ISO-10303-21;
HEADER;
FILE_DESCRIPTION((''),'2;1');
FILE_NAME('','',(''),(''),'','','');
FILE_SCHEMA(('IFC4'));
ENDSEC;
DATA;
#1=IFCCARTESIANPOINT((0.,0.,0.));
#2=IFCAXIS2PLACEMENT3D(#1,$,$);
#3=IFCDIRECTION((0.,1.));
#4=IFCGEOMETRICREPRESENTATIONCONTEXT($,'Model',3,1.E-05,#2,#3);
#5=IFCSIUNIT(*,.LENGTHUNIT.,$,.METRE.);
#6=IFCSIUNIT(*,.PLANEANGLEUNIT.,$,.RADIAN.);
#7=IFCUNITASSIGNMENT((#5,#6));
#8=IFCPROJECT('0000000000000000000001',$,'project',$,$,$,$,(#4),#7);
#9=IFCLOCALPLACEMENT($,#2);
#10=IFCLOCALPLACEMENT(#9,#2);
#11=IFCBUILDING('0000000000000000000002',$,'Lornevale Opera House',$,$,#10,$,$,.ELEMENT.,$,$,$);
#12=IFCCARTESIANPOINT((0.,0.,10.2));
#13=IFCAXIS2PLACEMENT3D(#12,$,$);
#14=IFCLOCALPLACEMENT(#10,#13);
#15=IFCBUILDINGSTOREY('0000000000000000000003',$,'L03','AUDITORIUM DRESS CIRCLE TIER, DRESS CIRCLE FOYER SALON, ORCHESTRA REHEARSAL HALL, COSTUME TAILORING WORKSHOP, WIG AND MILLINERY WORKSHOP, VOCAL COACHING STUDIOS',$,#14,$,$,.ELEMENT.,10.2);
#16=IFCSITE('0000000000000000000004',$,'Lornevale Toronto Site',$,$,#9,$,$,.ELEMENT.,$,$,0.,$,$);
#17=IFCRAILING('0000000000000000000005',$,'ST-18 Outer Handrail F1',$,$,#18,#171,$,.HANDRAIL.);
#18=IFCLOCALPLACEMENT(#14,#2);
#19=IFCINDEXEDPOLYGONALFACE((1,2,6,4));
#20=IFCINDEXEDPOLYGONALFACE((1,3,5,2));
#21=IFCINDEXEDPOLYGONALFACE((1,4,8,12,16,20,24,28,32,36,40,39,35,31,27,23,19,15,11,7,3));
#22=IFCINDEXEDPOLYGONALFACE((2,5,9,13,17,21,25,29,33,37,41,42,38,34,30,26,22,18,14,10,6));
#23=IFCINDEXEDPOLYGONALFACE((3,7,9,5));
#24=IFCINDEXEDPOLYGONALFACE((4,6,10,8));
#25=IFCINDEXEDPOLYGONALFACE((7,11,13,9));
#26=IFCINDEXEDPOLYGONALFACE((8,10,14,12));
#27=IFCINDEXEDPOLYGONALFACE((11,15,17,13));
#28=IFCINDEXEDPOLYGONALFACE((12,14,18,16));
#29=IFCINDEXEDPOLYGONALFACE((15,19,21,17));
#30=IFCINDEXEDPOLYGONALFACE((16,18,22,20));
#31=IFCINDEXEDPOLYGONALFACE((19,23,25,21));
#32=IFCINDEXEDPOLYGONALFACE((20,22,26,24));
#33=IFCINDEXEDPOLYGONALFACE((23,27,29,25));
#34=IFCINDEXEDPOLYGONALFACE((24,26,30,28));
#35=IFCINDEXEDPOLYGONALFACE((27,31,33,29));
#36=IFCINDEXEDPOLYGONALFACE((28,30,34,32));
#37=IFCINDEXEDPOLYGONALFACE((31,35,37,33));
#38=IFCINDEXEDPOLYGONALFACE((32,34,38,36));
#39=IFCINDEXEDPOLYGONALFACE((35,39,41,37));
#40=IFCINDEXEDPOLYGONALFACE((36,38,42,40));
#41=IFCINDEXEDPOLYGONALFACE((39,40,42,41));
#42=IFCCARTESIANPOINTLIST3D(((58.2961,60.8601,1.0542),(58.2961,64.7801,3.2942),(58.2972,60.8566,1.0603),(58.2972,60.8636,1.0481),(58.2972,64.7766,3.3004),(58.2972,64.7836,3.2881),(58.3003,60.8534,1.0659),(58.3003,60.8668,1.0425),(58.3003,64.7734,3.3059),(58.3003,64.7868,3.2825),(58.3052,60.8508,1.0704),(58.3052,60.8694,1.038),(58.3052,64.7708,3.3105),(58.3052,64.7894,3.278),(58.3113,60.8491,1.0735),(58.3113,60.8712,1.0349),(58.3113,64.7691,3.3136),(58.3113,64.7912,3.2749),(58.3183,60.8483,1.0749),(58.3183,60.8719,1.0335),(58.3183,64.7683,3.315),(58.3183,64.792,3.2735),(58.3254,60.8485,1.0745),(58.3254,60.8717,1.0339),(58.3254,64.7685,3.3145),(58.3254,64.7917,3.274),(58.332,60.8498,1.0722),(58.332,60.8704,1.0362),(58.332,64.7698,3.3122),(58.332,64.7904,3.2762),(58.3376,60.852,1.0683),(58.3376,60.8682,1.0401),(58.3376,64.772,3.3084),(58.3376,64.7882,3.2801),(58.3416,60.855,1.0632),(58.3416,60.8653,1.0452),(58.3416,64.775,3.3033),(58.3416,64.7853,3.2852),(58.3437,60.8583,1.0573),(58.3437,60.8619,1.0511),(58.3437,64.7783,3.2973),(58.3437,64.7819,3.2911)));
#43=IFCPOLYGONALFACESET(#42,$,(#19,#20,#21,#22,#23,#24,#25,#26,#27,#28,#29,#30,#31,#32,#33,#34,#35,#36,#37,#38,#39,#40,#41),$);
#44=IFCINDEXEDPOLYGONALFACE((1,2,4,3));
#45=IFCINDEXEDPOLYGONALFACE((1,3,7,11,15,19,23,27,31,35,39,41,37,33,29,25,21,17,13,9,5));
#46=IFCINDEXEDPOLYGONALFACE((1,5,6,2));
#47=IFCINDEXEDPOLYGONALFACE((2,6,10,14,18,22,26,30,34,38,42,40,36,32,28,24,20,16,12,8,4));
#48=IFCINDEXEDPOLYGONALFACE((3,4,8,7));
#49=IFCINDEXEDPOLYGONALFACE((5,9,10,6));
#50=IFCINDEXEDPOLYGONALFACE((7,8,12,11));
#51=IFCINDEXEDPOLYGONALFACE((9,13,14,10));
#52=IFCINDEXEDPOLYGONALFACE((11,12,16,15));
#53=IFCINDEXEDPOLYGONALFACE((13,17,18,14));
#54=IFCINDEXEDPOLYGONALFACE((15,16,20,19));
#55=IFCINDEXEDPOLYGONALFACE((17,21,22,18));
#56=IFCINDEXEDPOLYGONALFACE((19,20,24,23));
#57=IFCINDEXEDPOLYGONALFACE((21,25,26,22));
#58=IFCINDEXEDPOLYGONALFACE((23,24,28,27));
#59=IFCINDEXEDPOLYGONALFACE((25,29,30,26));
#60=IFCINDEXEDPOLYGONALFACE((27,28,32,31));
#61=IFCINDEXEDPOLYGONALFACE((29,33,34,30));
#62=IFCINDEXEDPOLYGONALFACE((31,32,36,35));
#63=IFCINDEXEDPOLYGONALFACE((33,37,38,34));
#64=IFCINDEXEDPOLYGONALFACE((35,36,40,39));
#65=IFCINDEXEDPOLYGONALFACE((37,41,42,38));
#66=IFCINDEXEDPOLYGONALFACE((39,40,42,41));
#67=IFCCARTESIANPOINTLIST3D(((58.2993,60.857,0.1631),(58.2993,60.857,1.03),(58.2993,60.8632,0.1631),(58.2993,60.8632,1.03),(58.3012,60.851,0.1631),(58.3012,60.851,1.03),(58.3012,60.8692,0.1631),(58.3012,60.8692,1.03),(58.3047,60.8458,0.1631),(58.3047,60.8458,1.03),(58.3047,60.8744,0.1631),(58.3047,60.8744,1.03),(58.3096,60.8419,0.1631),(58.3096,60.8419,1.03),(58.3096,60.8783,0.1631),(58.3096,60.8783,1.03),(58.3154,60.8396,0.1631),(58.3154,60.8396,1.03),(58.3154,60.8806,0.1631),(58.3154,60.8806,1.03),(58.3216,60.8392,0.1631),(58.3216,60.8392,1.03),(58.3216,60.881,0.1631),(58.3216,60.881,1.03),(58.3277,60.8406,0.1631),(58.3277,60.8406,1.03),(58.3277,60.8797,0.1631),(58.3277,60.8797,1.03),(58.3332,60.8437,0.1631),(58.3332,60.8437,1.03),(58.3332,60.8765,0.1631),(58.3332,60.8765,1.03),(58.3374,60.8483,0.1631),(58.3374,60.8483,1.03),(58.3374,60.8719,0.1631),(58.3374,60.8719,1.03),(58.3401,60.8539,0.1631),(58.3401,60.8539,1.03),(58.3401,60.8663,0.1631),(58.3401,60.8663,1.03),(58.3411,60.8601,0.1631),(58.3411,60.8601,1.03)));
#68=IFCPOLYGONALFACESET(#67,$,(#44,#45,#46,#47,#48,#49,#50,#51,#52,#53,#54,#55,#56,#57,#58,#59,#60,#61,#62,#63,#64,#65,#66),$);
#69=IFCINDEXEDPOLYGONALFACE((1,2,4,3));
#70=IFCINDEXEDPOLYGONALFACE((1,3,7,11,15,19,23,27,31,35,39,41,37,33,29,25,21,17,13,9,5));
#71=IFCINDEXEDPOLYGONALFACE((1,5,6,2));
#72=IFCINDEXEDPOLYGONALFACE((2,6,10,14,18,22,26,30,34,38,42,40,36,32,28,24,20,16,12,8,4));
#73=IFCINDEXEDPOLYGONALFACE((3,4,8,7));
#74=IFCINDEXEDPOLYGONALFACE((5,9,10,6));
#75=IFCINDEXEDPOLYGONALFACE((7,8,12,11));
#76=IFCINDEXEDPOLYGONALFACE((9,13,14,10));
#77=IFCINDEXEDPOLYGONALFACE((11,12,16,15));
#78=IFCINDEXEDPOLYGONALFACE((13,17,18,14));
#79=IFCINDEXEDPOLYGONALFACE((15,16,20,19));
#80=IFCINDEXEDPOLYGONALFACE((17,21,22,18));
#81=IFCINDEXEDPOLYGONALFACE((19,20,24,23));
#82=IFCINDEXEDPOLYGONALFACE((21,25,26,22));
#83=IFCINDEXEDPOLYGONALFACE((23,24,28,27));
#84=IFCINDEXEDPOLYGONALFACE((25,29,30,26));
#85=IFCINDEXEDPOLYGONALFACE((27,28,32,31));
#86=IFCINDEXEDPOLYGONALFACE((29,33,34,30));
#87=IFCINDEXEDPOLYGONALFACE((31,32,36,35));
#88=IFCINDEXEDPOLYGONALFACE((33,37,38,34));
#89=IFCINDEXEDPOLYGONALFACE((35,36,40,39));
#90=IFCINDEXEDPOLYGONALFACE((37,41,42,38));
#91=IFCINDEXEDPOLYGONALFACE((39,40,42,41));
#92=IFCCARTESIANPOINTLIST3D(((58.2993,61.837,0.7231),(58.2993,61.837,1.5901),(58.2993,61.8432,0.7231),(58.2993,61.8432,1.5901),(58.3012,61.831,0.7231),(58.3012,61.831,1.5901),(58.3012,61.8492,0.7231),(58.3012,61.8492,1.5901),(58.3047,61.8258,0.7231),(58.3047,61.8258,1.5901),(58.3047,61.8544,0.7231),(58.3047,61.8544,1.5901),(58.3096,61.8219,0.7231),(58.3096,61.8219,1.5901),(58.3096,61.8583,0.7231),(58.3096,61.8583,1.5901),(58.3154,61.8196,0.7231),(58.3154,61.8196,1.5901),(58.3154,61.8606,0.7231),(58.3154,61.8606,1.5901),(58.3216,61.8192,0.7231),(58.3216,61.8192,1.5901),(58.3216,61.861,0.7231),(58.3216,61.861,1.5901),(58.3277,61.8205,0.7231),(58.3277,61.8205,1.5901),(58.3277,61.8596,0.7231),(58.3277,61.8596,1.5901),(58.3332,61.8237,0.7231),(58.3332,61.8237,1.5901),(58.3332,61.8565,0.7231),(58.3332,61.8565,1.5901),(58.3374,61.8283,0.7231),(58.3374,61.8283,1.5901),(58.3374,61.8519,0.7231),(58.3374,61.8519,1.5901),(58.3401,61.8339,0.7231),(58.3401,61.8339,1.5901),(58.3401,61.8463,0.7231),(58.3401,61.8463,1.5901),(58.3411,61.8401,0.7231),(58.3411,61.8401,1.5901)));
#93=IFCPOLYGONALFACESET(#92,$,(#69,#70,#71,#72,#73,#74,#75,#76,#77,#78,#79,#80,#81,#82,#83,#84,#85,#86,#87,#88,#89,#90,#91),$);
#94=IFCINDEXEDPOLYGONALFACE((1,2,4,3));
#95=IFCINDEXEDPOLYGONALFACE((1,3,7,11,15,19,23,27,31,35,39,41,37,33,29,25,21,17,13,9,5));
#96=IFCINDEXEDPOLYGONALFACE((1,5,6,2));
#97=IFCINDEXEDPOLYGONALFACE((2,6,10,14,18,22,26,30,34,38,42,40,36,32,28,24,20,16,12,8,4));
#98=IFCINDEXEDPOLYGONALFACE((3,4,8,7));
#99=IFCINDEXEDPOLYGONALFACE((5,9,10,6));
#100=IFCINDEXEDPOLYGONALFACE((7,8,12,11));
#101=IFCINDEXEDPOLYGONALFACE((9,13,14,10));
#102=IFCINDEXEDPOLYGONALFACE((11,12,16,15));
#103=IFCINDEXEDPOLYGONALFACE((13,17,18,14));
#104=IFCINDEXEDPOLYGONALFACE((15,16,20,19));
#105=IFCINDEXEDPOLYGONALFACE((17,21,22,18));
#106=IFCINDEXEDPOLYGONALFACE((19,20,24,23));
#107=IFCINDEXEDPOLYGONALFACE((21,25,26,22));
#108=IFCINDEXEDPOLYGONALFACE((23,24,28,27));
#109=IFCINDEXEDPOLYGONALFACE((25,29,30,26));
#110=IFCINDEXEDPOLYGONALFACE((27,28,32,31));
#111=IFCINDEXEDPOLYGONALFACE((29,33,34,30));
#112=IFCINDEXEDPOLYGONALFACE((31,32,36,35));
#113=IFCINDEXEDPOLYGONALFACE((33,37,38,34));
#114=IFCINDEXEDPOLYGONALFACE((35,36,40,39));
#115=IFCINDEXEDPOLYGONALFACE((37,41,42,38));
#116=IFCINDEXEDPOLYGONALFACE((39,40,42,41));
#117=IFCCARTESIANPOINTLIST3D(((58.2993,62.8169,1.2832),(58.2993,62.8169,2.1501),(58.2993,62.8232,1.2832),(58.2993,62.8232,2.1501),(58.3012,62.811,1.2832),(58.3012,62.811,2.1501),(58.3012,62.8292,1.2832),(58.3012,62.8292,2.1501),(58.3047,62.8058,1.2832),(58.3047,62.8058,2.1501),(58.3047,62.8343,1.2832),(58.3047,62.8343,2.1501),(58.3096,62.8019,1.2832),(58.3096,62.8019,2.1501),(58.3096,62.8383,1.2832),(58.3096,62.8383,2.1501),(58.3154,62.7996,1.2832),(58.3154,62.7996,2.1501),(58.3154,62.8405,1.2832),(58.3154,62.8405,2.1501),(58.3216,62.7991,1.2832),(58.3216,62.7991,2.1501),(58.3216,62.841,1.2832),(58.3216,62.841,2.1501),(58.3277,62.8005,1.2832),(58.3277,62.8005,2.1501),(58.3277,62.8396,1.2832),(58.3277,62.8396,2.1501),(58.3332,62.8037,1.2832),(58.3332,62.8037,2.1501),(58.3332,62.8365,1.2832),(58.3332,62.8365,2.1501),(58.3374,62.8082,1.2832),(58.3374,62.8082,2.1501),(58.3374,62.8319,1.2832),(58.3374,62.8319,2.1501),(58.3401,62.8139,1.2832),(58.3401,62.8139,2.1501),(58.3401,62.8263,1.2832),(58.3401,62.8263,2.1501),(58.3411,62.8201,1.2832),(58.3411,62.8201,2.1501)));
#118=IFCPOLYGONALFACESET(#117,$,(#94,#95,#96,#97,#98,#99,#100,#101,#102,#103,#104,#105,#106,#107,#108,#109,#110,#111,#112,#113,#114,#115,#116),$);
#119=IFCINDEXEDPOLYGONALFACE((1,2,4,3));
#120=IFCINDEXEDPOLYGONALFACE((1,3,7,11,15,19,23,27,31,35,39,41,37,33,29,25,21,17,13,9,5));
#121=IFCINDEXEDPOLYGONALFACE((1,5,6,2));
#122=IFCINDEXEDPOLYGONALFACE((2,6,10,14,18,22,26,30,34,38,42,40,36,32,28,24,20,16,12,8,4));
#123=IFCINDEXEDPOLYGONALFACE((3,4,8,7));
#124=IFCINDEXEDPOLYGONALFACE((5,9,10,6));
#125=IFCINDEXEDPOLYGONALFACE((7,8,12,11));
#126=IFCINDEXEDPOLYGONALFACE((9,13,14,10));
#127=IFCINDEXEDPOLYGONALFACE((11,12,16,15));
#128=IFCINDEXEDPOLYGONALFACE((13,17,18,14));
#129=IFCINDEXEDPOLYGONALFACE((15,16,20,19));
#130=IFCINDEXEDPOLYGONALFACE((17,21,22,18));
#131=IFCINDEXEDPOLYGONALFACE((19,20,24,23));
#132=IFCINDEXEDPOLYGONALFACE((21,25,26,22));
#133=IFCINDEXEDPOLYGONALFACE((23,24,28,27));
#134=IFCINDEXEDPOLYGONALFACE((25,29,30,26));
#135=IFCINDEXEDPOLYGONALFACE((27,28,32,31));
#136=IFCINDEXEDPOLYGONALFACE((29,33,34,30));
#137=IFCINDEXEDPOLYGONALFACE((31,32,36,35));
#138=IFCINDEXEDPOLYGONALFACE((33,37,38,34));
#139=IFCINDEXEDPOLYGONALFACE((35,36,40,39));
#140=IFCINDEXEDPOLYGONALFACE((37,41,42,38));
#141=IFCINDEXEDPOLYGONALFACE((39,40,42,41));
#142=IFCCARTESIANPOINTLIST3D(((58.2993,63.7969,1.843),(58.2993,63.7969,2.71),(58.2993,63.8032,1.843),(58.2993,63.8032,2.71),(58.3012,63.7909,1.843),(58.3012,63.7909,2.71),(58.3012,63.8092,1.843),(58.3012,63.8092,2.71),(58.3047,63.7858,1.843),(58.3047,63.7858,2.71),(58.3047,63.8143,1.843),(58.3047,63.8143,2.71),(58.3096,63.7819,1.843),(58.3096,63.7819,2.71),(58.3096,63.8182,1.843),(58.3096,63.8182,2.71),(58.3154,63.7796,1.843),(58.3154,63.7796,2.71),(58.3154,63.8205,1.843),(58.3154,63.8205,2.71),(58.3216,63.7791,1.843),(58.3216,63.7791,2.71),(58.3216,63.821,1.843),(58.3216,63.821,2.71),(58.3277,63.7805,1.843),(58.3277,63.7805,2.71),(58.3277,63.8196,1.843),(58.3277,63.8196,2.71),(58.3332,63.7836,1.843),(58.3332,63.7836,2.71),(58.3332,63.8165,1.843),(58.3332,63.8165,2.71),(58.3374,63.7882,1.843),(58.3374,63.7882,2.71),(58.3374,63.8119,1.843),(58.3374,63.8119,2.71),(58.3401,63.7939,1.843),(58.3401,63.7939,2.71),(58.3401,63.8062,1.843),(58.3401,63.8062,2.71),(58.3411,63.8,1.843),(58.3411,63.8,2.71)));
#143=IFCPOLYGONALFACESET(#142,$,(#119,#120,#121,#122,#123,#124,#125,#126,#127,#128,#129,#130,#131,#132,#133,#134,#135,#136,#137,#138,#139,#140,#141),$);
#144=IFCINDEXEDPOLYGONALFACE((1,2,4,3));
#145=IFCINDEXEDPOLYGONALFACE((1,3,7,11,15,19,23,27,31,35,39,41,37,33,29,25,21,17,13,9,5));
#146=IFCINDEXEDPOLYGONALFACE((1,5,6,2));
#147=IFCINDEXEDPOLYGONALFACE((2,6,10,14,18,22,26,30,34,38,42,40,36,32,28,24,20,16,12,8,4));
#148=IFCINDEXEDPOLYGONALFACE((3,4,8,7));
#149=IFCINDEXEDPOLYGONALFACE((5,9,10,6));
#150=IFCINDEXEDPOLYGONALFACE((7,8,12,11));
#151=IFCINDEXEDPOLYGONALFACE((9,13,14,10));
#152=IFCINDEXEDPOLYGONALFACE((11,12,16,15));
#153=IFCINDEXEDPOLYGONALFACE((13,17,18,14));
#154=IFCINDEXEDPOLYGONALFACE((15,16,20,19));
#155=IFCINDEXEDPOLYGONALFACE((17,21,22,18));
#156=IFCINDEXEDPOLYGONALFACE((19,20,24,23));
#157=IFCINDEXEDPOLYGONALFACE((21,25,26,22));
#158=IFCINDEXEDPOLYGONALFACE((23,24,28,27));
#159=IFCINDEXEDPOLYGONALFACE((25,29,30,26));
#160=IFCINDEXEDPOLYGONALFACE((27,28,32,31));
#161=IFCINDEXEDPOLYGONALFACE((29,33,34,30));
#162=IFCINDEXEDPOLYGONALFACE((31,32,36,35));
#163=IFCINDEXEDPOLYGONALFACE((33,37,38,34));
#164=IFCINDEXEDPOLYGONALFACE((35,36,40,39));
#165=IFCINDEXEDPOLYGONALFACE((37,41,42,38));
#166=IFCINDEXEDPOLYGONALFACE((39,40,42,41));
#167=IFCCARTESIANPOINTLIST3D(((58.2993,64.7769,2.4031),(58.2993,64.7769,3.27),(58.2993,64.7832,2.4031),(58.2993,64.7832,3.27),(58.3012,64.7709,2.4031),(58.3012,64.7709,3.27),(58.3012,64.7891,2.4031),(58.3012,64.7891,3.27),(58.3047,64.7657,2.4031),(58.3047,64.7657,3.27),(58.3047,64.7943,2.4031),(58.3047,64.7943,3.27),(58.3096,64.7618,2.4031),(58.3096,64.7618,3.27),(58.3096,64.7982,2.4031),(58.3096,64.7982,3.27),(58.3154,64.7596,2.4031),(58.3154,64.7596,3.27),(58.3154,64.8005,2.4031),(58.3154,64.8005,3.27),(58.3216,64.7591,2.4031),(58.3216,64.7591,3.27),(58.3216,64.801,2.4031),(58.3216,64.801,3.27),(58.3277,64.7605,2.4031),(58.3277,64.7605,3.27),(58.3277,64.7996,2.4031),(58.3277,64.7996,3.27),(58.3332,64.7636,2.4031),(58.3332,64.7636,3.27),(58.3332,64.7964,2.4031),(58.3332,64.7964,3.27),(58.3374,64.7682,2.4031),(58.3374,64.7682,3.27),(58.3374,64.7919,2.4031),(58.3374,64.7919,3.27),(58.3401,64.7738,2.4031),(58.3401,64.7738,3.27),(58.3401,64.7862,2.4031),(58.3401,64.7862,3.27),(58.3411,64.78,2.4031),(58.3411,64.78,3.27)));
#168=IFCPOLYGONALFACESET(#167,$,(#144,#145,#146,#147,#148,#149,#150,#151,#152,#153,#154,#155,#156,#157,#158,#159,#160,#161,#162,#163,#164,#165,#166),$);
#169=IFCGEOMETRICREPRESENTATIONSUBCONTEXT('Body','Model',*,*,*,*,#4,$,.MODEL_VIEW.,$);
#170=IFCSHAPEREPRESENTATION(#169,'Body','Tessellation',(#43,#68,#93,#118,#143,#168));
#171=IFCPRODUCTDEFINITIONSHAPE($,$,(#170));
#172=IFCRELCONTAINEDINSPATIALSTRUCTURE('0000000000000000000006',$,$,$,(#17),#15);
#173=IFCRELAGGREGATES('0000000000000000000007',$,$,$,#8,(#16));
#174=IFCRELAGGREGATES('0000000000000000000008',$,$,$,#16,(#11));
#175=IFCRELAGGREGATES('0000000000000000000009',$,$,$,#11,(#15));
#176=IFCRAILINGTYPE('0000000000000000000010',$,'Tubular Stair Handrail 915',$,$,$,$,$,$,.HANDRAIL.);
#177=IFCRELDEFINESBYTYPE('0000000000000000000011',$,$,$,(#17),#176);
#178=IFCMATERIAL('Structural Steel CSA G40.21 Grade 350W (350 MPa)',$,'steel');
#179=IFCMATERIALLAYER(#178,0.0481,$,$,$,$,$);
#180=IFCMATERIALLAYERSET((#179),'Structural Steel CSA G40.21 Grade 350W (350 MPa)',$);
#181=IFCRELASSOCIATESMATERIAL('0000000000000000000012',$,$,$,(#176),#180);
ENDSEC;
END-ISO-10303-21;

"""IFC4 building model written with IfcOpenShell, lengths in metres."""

from ifc_helpers import new_model, si_unit, direction, frame, origin, origin_2d, place, context, subcontext, project, spatial, circle, extrude, material, layer, layer_set, type_object, element, save


model = new_model("IFC4")

# Units and contexts
model_context = context("Model", 3, precision=1e-05, world=origin(), true_north=direction((0.0, 1.0)))
body_context = subcontext(model_context, "Body", "Model", "MODEL_VIEW")
ifc_project = project(units=[si_unit("LENGTHUNIT", "METRE"), si_unit("PLANEANGLEUNIT", "RADIAN")], contexts=[model_context])

# Site, building, storey
site_placement = place(None, origin())
site = spatial("IfcSite", under=ifc_project, at=site_placement, Name="Lornevale Toronto Site", CompositionType="ELEMENT", RefElevation=0.0)
building_placement = place(site_placement, origin())
building = spatial("IfcBuilding", under=site, at=building_placement, Name="Lornevale Opera House", CompositionType="ELEMENT")
storey_placement = place(building_placement, frame((0.0, 0.0, 10.2)))
storey = spatial("IfcBuildingStorey", under=building, at=storey_placement, Name="L03", Description="AUDITORIUM DRESS CIRCLE TIER, DRESS CIRCLE FOYER SALON, ORCHESTRA REHEARSAL HALL, COSTUME TAILORING WORKSHOP, WIG AND MILLINERY WORKSHOP, VOCAL COACHING STUDIOS", CompositionType="ELEMENT", Elevation=10.2)

# Railing
ifc_material_1 = material(Name="Structural Steel CSA G40.21 Grade 350W (350 MPa)", Category="steel")
ifc_layer_1 = layer(ifc_material_1, 0.0481)
ifc_layer_set_1 = layer_set([ifc_layer_1], Name="Structural Steel CSA G40.21 Grade 350W (350 MPa)")
railing_type_1 = type_object("IfcRailingType", Name="Tubular Stair Handrail 915", PredefinedType="HANDRAIL", material=ifc_layer_set_1)
railing_1_placement = place(storey_placement, frame((58.3201, 60.8601, 0.1631)))
element("IfcRailing", 1, at=railing_1_placement, inside=storey, type_object=railing_type_1, Name="ST-18 Outer Handrail F1", PredefinedType="HANDRAIL", context=body_context, shape_type="SweptSolid", body=[
    extrude(circle(Radius=0.0239, at=origin_2d()), frame((0.0, 0.0, 0.8911), z_axis=(0.0, 0.86824, 0.496145), x_axis=(-1.0, 0.0, 0.0)), (0.0, 0.0, 1.0), 4.5149),
    extrude(circle(Radius=0.021, at=origin_2d()), origin(), (0.0, 0.0, 1.0), 0.8669),
    extrude(circle(Radius=0.021, at=origin_2d()), frame((0.0, 0.98, 0.5601)), (0.0, 0.0, 1.0), 0.8669),
    extrude(circle(Radius=0.021, at=origin_2d()), frame((0.0, 1.96, 1.1201)), (0.0, 0.0, 1.0), 0.8669),
    extrude(circle(Radius=0.021, at=origin_2d()), frame((0.0, 2.9399, 1.6799)), (0.0, 0.0, 1.0), 0.8669),
    extrude(circle(Radius=0.021, at=origin_2d()), frame((0.0, 3.9199, 2.24)), (0.0, 0.0, 1.0), 0.8669),
])

save(model, "model.ifc")
